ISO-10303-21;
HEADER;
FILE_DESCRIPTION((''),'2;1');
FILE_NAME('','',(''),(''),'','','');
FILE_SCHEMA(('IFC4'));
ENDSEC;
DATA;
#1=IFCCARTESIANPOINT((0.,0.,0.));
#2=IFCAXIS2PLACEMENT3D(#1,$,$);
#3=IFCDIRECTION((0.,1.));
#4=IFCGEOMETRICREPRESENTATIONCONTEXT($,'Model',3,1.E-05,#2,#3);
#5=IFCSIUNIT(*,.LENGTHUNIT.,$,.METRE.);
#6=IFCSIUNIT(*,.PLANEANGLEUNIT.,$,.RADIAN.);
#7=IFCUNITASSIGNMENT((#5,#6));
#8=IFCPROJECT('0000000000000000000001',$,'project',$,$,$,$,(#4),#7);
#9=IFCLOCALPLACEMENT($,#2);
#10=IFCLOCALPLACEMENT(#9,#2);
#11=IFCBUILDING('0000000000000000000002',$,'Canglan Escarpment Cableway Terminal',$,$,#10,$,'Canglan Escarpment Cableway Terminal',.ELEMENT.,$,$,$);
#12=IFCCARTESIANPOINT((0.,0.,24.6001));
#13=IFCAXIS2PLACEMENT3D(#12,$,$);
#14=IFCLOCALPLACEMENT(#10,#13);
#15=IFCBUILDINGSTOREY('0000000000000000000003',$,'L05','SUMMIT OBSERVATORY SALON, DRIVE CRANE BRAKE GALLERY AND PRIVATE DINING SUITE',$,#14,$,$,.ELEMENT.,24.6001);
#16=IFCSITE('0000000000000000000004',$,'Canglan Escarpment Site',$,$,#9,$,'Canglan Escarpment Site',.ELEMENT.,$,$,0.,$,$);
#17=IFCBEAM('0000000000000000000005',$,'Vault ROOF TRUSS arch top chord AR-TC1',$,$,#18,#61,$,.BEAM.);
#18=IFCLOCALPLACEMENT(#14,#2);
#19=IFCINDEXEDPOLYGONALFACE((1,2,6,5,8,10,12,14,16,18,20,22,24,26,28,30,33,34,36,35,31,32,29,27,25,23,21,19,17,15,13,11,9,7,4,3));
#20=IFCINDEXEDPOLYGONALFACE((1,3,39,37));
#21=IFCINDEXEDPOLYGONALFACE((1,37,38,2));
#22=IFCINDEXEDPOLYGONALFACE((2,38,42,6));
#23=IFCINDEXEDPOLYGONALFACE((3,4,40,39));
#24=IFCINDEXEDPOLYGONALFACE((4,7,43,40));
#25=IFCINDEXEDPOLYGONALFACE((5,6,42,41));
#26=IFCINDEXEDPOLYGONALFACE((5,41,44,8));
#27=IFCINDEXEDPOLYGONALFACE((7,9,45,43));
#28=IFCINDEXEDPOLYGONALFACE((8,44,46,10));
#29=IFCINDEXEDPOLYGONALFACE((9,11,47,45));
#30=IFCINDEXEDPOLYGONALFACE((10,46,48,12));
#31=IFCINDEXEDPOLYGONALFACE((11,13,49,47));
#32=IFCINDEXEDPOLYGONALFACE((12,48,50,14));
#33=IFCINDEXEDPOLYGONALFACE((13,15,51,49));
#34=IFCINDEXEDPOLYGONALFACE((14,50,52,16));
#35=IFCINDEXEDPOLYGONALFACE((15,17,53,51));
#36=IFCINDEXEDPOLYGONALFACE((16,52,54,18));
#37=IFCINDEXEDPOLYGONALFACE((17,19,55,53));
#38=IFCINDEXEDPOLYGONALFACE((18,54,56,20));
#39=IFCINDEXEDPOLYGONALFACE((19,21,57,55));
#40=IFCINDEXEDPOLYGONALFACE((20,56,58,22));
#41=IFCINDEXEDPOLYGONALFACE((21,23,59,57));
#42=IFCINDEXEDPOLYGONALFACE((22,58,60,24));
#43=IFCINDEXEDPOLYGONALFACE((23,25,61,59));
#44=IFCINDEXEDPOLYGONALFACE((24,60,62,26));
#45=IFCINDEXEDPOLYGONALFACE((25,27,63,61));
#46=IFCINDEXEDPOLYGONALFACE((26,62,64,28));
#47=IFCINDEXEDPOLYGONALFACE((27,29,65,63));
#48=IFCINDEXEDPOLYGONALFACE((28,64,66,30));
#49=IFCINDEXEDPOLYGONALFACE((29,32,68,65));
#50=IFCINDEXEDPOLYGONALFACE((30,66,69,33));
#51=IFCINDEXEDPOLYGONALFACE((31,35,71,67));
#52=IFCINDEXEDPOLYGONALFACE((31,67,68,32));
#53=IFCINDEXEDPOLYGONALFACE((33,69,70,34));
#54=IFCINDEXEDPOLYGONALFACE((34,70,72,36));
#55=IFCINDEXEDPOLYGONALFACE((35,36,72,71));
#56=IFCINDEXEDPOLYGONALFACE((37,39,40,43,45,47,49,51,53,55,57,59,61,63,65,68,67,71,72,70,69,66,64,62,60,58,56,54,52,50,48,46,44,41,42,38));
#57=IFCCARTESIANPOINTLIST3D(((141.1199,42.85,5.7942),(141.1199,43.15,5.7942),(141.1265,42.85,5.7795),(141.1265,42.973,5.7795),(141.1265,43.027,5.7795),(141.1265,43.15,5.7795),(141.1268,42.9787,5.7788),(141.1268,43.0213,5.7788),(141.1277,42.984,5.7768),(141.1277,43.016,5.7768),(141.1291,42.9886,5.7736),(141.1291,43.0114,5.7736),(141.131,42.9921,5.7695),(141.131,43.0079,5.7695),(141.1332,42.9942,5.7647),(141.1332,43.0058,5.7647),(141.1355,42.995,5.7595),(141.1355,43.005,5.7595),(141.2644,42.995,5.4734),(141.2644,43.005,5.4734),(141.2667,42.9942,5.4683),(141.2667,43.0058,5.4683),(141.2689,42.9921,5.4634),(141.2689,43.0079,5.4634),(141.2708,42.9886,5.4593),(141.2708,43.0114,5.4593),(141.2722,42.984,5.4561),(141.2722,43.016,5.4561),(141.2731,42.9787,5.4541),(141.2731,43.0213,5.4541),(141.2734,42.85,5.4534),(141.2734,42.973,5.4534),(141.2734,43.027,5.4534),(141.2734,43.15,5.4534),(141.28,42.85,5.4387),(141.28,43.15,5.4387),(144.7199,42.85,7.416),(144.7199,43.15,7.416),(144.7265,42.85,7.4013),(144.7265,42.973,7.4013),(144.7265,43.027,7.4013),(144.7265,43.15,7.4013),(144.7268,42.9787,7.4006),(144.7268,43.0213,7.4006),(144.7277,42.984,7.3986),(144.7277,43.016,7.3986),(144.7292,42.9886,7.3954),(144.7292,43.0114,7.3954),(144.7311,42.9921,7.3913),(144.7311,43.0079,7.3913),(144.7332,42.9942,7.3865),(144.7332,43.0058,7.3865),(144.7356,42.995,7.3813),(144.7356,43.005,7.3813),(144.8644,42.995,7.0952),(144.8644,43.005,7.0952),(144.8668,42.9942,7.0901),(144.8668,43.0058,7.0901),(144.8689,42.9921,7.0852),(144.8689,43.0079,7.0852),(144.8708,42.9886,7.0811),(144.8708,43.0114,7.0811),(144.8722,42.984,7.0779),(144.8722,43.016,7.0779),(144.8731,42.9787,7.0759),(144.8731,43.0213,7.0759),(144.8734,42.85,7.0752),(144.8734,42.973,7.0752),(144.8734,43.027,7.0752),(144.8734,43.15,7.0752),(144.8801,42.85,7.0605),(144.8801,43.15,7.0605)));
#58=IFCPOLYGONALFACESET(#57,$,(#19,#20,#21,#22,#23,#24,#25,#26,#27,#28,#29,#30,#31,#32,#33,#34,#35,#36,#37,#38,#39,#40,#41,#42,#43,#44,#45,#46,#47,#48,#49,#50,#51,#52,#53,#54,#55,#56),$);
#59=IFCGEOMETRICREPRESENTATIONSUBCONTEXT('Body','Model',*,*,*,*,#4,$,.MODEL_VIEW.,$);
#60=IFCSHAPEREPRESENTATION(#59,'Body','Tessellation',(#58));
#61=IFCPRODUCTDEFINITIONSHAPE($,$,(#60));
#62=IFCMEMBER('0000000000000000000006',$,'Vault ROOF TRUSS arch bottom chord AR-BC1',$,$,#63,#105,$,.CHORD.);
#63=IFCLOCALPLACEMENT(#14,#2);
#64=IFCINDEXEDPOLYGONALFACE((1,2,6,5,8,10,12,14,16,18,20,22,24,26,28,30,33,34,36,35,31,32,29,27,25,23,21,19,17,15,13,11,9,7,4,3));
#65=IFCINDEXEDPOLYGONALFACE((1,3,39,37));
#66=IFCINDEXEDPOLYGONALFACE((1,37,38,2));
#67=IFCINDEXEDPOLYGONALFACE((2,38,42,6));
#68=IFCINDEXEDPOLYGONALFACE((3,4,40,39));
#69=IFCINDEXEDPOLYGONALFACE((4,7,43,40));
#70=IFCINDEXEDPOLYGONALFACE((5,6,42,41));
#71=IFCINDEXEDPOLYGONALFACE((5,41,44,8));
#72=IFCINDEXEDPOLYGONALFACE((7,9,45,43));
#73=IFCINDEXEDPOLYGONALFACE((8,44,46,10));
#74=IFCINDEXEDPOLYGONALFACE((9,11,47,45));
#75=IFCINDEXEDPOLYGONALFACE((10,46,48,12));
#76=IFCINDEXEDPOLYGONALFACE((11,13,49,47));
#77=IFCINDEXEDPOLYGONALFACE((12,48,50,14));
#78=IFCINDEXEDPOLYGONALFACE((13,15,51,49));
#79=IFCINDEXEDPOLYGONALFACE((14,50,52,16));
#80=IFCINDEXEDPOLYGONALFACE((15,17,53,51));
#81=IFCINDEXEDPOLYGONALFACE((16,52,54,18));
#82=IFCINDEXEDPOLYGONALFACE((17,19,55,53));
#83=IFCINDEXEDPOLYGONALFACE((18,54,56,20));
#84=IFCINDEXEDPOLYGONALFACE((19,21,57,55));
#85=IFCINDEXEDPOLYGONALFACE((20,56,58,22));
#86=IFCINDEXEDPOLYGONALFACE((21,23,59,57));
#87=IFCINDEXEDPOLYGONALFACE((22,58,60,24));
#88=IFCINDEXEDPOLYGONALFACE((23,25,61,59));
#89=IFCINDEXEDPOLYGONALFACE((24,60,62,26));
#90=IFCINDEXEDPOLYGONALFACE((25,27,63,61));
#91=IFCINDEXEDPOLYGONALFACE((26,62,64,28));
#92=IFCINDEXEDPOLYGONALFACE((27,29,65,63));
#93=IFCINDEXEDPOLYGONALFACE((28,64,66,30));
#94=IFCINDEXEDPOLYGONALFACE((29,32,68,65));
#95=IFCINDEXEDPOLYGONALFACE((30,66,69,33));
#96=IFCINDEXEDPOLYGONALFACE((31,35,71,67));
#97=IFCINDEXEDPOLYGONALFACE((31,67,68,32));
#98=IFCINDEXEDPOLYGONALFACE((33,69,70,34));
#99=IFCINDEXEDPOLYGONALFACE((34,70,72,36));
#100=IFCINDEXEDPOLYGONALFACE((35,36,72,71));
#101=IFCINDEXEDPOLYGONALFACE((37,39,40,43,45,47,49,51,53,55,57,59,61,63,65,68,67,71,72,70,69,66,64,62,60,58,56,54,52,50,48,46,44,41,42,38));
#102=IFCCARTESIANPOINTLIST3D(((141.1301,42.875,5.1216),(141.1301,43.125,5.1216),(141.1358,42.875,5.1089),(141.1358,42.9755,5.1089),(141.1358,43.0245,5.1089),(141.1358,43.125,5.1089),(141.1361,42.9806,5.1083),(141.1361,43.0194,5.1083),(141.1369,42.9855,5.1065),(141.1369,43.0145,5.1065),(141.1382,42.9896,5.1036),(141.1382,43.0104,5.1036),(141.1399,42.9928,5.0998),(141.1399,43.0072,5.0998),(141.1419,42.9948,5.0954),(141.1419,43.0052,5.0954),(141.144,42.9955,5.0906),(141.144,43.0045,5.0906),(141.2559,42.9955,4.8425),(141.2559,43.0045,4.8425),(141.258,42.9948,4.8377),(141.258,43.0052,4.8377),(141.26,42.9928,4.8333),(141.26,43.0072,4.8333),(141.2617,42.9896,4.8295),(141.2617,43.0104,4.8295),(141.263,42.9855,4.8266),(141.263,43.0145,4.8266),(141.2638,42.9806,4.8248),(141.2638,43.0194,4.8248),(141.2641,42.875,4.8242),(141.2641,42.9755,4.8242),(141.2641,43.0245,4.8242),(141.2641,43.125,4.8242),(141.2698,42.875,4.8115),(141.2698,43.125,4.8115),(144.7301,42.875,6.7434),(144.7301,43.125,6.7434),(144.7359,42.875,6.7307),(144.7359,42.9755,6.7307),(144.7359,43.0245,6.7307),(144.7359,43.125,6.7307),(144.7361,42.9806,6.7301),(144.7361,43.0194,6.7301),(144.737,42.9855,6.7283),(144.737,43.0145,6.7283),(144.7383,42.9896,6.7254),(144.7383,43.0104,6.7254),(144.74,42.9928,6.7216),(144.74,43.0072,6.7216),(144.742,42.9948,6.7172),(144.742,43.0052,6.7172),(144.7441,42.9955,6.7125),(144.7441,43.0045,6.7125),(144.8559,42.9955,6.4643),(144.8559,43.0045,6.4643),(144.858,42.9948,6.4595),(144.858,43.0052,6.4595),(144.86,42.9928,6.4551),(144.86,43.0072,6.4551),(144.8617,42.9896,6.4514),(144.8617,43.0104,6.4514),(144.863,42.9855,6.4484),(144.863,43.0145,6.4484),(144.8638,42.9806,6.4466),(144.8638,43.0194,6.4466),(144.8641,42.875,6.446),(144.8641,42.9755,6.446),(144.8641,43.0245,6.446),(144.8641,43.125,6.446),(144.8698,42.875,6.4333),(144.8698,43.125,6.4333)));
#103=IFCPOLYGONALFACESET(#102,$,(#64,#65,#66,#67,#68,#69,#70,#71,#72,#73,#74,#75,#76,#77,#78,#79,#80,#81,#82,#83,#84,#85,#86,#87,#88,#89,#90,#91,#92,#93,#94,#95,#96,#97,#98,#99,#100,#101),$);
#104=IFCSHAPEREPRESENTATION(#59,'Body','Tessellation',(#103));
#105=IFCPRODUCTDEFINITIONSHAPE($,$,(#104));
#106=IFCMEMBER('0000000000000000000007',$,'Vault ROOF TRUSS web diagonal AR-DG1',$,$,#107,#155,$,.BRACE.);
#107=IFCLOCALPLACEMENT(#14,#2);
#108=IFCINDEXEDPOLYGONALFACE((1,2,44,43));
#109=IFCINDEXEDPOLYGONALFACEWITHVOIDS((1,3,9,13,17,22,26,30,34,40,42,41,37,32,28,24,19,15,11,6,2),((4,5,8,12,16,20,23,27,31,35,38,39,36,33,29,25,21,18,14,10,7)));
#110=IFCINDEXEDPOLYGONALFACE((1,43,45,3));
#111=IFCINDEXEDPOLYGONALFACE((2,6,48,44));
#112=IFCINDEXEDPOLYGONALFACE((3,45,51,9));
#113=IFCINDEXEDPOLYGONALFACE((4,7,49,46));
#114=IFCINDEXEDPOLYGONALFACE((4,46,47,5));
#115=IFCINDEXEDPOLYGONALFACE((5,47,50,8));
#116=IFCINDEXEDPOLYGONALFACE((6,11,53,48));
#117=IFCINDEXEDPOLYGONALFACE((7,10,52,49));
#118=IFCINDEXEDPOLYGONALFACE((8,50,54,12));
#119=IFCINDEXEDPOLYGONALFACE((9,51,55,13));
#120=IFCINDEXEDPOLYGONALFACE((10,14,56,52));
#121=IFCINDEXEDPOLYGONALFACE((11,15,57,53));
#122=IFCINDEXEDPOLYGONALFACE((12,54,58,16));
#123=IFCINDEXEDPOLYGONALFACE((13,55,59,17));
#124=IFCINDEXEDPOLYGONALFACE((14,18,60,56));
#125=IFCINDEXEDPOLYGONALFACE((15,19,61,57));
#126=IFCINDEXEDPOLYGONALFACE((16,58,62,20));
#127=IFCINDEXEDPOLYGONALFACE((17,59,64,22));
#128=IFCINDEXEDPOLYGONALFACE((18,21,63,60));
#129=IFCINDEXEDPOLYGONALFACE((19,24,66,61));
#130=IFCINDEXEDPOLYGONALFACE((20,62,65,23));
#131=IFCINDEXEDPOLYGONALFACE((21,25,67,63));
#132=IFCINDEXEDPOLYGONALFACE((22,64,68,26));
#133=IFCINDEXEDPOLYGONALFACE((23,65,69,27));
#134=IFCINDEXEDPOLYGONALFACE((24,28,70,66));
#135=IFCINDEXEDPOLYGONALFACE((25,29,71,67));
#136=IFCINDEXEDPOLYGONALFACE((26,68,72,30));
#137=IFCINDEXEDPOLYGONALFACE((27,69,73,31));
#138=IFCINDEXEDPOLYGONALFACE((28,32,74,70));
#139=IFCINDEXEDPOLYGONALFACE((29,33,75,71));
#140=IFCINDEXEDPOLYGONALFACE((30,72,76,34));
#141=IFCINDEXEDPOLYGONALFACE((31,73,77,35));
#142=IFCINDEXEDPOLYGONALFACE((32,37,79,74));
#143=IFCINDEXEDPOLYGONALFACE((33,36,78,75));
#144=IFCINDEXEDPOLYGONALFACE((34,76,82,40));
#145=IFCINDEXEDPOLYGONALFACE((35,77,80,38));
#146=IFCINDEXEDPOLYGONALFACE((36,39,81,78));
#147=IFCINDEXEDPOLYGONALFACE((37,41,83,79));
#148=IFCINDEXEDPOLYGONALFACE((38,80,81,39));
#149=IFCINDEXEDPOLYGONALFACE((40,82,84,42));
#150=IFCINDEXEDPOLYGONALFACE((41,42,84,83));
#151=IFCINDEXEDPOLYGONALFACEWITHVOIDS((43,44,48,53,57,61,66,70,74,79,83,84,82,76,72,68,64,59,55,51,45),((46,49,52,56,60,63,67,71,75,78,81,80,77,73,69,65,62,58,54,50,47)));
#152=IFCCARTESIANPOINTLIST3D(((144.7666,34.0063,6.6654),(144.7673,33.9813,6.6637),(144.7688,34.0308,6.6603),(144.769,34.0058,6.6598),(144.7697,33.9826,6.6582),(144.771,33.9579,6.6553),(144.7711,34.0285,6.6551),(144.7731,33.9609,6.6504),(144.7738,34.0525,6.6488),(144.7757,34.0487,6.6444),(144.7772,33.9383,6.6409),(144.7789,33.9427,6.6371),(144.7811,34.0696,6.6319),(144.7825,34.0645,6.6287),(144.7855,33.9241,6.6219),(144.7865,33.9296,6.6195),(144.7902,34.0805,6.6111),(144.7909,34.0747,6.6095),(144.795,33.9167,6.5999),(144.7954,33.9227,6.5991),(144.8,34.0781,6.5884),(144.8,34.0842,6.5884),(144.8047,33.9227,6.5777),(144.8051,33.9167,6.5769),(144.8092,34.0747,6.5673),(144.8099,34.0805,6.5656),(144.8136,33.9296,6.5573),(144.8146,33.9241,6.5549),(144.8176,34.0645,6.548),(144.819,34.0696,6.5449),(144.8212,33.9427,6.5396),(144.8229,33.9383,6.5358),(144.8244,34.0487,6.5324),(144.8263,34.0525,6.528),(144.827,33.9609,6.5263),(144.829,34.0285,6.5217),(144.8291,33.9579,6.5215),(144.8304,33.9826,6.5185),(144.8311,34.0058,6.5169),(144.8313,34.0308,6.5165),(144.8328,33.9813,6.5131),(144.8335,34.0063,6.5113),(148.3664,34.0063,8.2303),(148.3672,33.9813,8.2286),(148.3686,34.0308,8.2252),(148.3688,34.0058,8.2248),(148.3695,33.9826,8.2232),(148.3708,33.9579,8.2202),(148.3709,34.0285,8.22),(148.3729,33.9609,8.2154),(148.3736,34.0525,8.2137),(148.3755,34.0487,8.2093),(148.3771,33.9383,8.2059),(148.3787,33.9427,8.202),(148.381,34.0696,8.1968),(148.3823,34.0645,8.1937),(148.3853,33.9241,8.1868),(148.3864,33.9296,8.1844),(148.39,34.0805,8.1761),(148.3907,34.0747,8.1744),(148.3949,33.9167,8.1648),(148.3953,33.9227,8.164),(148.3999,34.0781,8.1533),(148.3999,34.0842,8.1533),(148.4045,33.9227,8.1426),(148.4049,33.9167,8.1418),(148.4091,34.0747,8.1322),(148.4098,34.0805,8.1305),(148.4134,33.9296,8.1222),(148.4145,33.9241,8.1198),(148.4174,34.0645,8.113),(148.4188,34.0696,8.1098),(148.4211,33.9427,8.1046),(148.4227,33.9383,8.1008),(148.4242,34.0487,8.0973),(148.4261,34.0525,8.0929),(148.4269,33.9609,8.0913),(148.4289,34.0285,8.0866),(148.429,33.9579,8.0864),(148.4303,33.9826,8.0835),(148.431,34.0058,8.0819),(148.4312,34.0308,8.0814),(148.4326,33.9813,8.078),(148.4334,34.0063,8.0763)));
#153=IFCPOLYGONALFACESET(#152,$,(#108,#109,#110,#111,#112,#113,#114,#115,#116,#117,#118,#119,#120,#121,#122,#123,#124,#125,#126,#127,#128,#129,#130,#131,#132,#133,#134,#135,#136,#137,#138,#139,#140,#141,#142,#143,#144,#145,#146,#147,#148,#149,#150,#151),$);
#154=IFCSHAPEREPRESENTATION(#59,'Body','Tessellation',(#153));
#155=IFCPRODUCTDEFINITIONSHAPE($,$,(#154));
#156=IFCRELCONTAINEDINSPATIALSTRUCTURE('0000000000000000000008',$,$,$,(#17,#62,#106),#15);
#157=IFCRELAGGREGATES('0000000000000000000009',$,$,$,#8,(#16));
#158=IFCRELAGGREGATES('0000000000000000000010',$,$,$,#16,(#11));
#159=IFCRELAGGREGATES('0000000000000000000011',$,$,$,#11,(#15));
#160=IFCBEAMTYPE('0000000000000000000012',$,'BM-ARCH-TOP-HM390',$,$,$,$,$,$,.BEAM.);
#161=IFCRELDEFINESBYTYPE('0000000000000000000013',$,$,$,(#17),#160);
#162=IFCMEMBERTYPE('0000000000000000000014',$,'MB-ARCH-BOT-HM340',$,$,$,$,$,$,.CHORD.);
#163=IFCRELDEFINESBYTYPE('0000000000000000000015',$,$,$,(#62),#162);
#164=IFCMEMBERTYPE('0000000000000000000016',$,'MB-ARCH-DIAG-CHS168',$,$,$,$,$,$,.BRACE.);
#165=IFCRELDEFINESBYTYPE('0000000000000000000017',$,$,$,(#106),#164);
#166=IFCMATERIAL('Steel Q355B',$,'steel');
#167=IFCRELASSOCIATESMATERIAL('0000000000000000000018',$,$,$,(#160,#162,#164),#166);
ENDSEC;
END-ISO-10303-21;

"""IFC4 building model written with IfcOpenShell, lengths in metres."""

from ifc_helpers import new_model, si_unit, direction, frame, origin, origin_2d, place, context, subcontext, project, spatial, hollow_circle, i_section, extrude, material, material_profile, profile_set, type_object, element, save


model = new_model("IFC4")

# Units and contexts
model_context = context("Model", 3, precision=1e-05, world=origin(), true_north=direction((0.0, 1.0)))
body_context = subcontext(model_context, "Body", "Model", "MODEL_VIEW")
ifc_project = project(units=[si_unit("LENGTHUNIT", "METRE"), si_unit("PLANEANGLEUNIT", "RADIAN")], contexts=[model_context])

# Site, building, storey
site_placement = place(None, origin())
site = spatial("IfcSite", under=ifc_project, at=site_placement, Name="Canglan Escarpment Site", LongName="Canglan Escarpment Site", CompositionType="ELEMENT", RefElevation=0.0)
building_placement = place(site_placement, origin())
building = spatial("IfcBuilding", under=site, at=building_placement, Name="Canglan Escarpment Cableway Terminal", LongName="Canglan Escarpment Cableway Terminal", CompositionType="ELEMENT")
storey_placement = place(building_placement, frame((0.0, 0.0, 24.6001)))
storey = spatial("IfcBuildingStorey", under=building, at=storey_placement, Name="L05", Description="SUMMIT OBSERVATORY SALON, DRIVE CRANE BRAKE GALLERY AND PRIVATE DINING SUITE", CompositionType="ELEMENT", Elevation=24.6001)

# Beam
ifc_material_1 = material(Name="Steel Q355B", Category="steel")
ifc_material_profile_1 = material_profile(ifc_material_1, i_section(OverallWidth=0.3, OverallDepth=0.3899, WebThickness=0.01, FlangeThickness=0.0161, FilletRadius=0.022, at=origin_2d()), Name="HM 390x300x10x16")
ifc_profile_set_1 = profile_set([ifc_material_profile_1], Name="Steel Q355B")
beam_type = type_object("IfcBeamType", Name="BM-ARCH-TOP-HM390", PredefinedType="BEAM", material=ifc_profile_set_1)
beam_placement = place(storey_placement, frame((141.2, 43.0, 5.6165), z_axis=(0.911753, 0.0, 0.41074), x_axis=(0.0, 1.0, 0.0)))
element("IfcBeam", 1, at=beam_placement, inside=storey, type_object=beam_type, Name="Vault ROOF TRUSS arch top chord AR-TC1", PredefinedType="BEAM", context=body_context, shape_type="SweptSolid", body=[
    extrude(i_section(OverallWidth=0.3, OverallDepth=0.3899, WebThickness=0.01, FlangeThickness=0.0161, FilletRadius=0.022, at=origin_2d()), origin(), (0.0, 0.0, 1.0), 3.9485),
])

# Members
ifc_material_profile_2 = material_profile(ifc_material_1, i_section(OverallWidth=0.25, OverallDepth=0.3401, WebThickness=0.009, FlangeThickness=0.0139, FilletRadius=0.02, at=origin_2d()), Name="HM 340x250x9x14")
ifc_profile_set_2 = profile_set([ifc_material_profile_2], Name="Steel Q355B")
member_type_1 = type_object("IfcMemberType", Name="MB-ARCH-BOT-HM340", PredefinedType="CHORD", material=ifc_profile_set_2)
member_1_placement = place(storey_placement, frame((141.2, 43.0, 4.9666), z_axis=(0.911753, 0.0, 0.41074), x_axis=(0.0, 1.0, 0.0)))
element("IfcMember", 2, at=member_1_placement, inside=storey, type_object=member_type_1, Name="Vault ROOF TRUSS arch bottom chord AR-BC1", PredefinedType="CHORD", context=body_context, shape_type="SweptSolid", body=[
    extrude(i_section(OverallWidth=0.25, OverallDepth=0.3401, WebThickness=0.009, FlangeThickness=0.0139, FilletRadius=0.02, at=origin_2d()), origin(), (0.0, 0.0, 1.0), 3.9485),
])
ifc_material_profile_3 = material_profile(ifc_material_1, hollow_circle(Radius=0.0842, WallThickness=0.0061, at=origin_2d()), Name="CHS 168.3x6")
ifc_profile_set_3 = profile_set([ifc_material_profile_3], Name="Steel Q355B")
member_type_2 = type_object("IfcMemberType", Name="MB-ARCH-DIAG-CHS168", PredefinedType="BRACE", material=ifc_profile_set_3)
member_2_placement = place(storey_placement, frame((144.8, 34.0, 6.5884), z_axis=(0.91709, 0.0, 0.398681), x_axis=(0.0, 1.0, 0.0)))
element("IfcMember", 3, at=member_2_placement, inside=storey, type_object=member_type_2, Name="Vault ROOF TRUSS web diagonal AR-DG1", PredefinedType="BRACE", context=body_context, shape_type="SweptSolid", body=[
    extrude(hollow_circle(Radius=0.0842, WallThickness=0.0061, at=origin_2d()), origin(), (0.0, 0.0, 1.0), 3.9253),
])

save(model, "model.ifc")
